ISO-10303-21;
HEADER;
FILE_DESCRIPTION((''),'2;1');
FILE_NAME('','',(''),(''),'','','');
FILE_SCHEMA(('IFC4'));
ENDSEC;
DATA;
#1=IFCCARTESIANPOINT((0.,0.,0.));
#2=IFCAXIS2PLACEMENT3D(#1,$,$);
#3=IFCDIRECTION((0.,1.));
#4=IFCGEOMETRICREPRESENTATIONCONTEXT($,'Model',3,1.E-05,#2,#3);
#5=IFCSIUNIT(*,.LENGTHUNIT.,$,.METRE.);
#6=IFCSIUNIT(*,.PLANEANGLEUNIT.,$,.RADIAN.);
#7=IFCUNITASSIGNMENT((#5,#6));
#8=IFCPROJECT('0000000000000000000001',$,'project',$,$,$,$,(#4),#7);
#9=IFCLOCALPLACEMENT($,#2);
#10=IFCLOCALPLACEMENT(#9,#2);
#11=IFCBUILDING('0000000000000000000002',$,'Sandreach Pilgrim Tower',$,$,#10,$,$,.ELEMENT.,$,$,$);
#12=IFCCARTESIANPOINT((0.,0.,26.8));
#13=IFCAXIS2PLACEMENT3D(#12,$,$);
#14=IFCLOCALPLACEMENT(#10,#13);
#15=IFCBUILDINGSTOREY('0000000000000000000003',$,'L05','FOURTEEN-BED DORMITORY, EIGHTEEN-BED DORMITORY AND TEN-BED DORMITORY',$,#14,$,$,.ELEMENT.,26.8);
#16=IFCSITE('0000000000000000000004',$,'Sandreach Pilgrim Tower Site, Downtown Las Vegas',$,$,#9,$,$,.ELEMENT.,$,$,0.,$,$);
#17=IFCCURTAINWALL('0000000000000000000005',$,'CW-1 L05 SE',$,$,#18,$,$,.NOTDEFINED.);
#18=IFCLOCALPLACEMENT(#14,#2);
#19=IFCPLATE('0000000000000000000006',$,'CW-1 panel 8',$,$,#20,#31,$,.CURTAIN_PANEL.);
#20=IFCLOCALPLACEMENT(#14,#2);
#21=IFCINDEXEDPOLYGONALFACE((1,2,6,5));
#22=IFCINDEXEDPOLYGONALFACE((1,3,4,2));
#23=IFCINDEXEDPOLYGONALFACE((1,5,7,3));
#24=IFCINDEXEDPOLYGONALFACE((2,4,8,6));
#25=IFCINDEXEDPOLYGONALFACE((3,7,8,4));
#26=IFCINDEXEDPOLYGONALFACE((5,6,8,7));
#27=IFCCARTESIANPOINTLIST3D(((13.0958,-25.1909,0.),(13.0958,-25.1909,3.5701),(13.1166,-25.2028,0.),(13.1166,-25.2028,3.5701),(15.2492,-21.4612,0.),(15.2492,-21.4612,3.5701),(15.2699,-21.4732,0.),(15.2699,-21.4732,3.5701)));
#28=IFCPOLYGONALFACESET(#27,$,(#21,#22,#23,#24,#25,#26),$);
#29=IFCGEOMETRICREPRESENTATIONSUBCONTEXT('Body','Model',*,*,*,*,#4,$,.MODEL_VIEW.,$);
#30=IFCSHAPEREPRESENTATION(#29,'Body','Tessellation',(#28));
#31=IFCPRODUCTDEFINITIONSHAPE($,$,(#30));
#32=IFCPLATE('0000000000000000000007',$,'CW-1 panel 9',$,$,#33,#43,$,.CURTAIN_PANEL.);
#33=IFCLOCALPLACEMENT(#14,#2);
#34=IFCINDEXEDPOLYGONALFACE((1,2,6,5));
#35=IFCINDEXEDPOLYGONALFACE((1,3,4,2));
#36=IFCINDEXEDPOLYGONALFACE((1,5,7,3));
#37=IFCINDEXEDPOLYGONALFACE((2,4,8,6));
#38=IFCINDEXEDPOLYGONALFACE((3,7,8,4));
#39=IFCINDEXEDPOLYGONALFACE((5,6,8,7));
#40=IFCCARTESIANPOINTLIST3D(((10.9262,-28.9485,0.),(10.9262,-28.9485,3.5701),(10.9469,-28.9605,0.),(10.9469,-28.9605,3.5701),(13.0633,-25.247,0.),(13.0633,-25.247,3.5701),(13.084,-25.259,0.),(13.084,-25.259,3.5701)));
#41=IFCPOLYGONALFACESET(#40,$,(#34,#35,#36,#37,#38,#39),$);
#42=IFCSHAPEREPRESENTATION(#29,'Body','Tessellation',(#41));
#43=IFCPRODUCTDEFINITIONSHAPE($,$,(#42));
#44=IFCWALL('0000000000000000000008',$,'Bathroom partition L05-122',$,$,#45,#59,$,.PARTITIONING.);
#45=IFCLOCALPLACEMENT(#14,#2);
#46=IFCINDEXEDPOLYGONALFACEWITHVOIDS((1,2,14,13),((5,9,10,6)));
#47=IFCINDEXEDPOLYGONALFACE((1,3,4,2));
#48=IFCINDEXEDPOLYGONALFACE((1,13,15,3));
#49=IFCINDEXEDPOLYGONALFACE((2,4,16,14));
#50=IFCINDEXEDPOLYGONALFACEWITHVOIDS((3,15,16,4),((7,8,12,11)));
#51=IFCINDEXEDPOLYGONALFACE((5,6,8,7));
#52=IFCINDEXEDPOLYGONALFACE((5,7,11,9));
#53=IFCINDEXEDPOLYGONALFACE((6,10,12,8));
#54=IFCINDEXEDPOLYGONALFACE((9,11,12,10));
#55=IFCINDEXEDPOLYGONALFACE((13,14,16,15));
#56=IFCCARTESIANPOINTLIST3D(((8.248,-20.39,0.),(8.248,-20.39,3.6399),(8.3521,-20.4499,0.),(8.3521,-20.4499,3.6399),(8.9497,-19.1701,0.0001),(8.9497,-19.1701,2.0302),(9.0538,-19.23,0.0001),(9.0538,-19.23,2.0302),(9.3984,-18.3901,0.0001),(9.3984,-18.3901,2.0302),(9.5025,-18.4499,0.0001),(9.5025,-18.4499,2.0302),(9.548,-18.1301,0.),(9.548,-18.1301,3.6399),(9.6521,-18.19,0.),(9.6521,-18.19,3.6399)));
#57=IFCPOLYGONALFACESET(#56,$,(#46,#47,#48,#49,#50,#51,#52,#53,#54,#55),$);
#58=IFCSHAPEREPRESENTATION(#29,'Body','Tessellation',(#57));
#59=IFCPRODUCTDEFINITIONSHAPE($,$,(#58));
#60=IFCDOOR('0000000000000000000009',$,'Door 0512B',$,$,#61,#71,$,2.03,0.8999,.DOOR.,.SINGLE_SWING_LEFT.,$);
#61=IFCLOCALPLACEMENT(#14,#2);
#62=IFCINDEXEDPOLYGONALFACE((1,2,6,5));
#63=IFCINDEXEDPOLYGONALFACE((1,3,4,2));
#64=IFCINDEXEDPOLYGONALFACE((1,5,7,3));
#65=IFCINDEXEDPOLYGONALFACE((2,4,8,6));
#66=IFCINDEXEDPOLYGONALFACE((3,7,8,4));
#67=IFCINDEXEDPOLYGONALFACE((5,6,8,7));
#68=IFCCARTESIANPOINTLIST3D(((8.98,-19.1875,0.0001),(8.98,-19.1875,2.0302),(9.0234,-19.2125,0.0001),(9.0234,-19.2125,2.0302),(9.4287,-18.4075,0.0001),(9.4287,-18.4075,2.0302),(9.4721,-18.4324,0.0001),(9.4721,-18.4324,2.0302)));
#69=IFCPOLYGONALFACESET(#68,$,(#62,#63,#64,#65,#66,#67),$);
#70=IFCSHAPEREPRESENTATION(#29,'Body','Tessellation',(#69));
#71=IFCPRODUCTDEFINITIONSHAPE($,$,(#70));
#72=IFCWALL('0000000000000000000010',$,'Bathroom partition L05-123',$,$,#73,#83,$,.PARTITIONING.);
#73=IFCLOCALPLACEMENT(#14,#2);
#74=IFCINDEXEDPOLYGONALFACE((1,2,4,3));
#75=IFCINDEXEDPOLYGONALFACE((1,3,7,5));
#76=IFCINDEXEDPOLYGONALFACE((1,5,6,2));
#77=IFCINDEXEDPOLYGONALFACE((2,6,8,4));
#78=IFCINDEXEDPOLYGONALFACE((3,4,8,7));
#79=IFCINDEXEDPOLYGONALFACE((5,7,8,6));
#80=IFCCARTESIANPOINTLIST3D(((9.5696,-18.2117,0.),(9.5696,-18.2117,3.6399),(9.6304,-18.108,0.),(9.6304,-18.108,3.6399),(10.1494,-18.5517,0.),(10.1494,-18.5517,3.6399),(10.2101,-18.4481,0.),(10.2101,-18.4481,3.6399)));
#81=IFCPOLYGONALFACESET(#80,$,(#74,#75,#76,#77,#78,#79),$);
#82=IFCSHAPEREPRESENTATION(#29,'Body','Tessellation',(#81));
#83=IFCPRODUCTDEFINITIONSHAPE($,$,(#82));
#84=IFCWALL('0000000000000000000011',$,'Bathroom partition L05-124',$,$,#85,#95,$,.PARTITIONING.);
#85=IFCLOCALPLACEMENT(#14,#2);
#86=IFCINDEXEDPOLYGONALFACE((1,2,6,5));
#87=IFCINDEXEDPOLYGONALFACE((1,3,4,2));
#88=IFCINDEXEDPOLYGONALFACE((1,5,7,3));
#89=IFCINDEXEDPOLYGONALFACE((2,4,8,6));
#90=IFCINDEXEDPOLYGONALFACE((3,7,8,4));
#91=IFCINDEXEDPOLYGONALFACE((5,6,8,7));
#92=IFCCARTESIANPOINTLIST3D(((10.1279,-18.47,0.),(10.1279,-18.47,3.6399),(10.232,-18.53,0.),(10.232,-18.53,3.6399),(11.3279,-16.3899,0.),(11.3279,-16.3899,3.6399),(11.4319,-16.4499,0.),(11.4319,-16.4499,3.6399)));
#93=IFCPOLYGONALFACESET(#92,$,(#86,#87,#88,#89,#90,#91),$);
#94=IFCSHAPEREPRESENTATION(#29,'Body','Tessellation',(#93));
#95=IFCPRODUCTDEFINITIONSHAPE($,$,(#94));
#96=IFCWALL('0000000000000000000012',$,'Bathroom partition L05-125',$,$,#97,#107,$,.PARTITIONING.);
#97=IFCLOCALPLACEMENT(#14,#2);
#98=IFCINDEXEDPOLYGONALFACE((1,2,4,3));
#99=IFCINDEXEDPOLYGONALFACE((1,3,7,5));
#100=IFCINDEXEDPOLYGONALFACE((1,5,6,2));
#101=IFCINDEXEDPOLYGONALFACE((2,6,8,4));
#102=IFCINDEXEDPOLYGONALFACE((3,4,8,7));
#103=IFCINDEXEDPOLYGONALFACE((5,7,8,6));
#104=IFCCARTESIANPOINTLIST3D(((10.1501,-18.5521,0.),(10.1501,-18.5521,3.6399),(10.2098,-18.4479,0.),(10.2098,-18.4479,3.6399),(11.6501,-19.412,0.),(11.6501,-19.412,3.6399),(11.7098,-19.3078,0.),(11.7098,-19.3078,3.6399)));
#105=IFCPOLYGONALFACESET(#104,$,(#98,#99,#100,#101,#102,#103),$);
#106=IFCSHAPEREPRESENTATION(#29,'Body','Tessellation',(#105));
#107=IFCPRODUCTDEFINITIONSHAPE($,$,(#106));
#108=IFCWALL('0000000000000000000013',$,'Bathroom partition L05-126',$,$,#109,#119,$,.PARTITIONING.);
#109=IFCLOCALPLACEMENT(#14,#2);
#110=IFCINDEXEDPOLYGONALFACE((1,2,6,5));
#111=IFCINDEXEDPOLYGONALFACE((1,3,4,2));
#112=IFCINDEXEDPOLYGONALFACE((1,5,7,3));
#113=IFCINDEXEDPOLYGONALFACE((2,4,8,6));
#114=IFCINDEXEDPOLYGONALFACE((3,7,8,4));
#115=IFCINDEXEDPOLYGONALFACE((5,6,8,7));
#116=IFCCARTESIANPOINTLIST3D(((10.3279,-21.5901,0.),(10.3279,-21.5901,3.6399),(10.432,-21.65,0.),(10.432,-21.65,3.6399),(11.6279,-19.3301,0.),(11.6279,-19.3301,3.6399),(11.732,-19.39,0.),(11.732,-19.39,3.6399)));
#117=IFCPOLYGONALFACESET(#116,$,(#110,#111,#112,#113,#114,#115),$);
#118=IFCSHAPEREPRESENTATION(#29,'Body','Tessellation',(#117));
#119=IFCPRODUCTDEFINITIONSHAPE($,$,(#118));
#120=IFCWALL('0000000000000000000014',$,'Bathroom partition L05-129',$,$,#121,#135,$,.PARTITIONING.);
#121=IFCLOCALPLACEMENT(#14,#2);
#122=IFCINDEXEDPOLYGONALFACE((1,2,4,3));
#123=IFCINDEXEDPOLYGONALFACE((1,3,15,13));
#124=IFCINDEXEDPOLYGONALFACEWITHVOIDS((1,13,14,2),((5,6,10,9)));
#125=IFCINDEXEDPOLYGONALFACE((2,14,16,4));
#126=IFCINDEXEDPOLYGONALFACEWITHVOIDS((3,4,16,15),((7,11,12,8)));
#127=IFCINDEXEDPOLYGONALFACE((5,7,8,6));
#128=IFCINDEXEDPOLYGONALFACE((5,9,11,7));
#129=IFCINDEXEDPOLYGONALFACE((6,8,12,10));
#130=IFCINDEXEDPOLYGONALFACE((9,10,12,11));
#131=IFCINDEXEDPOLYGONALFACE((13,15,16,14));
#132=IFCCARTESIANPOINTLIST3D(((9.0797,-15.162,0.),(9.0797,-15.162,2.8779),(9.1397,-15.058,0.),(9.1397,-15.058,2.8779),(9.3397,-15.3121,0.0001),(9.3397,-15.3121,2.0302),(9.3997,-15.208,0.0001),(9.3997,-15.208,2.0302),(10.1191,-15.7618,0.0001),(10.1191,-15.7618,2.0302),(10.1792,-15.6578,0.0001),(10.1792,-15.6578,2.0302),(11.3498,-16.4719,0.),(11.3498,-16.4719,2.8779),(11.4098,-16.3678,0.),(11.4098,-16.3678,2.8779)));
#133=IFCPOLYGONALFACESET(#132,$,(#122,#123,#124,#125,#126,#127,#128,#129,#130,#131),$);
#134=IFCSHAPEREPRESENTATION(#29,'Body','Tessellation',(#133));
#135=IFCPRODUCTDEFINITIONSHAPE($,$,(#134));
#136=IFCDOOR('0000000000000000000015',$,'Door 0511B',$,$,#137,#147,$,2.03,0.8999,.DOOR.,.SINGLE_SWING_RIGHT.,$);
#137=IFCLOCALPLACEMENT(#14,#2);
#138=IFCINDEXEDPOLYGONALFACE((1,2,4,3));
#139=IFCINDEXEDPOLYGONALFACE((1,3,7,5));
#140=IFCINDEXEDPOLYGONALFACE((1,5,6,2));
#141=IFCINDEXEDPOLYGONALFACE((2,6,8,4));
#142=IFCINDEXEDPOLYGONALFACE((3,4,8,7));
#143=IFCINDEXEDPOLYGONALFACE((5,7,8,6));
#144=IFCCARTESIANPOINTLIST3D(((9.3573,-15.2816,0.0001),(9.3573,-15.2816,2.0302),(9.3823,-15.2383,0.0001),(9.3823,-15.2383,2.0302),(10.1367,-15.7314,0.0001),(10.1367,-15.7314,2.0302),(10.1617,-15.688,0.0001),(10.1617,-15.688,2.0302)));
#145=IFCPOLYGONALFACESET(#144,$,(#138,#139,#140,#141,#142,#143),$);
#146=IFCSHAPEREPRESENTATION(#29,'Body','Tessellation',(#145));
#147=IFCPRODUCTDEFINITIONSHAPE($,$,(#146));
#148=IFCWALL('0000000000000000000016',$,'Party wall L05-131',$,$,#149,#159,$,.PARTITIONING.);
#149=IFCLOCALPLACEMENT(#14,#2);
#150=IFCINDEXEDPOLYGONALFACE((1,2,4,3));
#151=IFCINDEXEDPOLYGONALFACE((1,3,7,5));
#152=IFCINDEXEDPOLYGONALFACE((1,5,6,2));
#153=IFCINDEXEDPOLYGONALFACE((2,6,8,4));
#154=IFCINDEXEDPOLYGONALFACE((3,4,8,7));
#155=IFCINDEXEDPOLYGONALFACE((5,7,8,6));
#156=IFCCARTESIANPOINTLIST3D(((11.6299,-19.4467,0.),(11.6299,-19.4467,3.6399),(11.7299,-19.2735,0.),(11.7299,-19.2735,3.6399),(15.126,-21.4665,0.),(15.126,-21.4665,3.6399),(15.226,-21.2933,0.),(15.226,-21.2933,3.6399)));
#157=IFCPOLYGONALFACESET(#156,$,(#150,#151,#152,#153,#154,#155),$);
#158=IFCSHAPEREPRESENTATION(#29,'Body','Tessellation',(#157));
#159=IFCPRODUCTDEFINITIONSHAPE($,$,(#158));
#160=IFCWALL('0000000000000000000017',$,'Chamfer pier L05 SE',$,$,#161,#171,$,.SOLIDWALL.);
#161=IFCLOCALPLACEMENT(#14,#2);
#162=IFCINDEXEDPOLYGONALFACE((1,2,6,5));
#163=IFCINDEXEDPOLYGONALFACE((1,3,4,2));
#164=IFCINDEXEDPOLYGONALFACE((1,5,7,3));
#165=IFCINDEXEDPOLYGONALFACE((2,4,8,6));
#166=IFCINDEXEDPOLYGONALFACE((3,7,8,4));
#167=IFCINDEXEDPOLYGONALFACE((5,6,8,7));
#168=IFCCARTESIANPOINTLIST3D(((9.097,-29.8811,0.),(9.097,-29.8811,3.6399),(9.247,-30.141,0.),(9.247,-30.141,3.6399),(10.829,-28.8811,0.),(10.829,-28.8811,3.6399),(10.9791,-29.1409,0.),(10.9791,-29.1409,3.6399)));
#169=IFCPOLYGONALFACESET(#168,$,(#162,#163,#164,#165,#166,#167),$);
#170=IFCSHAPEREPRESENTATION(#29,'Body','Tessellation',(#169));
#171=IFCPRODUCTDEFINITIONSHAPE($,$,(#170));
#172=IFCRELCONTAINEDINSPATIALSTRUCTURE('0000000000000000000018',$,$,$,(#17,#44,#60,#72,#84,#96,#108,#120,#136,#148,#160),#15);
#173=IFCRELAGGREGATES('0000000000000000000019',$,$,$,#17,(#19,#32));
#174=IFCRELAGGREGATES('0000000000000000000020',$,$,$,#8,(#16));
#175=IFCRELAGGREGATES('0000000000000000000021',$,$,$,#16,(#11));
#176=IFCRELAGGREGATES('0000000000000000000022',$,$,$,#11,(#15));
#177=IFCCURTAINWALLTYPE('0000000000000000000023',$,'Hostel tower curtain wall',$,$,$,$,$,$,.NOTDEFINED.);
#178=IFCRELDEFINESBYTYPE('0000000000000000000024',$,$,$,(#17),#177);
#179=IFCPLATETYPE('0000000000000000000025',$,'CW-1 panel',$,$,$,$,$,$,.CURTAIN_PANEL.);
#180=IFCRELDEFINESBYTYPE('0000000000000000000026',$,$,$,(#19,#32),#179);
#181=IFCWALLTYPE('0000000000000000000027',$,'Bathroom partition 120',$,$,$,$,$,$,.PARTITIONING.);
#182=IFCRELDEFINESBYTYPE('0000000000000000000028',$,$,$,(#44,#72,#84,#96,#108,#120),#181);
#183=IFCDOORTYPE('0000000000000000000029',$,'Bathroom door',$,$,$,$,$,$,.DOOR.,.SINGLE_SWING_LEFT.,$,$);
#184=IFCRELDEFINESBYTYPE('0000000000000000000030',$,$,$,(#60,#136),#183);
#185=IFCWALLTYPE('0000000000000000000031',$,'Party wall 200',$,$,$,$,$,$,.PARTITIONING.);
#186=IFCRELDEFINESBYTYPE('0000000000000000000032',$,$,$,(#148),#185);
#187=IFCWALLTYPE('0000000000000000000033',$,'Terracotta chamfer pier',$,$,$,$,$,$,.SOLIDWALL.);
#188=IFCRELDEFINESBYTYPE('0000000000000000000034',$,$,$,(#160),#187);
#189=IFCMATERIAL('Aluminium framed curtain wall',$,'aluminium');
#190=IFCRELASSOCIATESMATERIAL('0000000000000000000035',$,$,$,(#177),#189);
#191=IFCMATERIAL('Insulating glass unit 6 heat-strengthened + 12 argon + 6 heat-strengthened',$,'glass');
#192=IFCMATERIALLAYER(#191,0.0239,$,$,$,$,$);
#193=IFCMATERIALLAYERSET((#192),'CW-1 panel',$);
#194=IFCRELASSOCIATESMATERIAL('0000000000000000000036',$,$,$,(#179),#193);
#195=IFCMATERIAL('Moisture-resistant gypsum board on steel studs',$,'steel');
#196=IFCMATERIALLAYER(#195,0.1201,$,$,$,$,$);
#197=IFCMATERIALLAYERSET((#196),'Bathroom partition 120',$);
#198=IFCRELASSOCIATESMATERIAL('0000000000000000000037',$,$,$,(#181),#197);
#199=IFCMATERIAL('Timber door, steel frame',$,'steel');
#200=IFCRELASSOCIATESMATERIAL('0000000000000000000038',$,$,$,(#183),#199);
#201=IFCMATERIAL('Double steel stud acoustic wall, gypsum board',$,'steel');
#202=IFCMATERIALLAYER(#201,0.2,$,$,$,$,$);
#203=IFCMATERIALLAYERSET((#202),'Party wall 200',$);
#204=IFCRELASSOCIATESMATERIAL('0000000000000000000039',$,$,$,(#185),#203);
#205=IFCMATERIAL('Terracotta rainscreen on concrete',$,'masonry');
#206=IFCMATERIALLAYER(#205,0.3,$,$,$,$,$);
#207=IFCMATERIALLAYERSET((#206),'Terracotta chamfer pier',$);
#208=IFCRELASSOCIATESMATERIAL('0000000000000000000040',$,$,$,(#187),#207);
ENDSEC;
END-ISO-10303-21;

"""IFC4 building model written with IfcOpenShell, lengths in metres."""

from ifc_helpers import new_model, si_unit, direction, frame, frame_2d, origin, origin_2d, place, context, subcontext, project, spatial, rectangle, extrude, material, layer, layer_set, type_object, element, fill, aggregate, save


model = new_model("IFC4")

# Units and contexts
model_context = context("Model", 3, precision=1e-05, world=origin(), true_north=direction((0.0, 1.0)))
body_context = subcontext(model_context, "Body", "Model", "MODEL_VIEW")
ifc_project = project(units=[si_unit("LENGTHUNIT", "METRE"), si_unit("PLANEANGLEUNIT", "RADIAN")], contexts=[model_context])

# Site, building, storey
site_placement = place(None, origin())
site = spatial("IfcSite", under=ifc_project, at=site_placement, Name="Sandreach Pilgrim Tower Site, Downtown Las Vegas", CompositionType="ELEMENT", RefElevation=0.0)
building_placement = place(site_placement, origin())
building = spatial("IfcBuilding", under=site, at=building_placement, Name="Sandreach Pilgrim Tower", CompositionType="ELEMENT")
storey_placement = place(building_placement, frame((0.0, 0.0, 26.8)))
storey = spatial("IfcBuildingStorey", under=building, at=storey_placement, Name="L05", Description="FOURTEEN-BED DORMITORY, EIGHTEEN-BED DORMITORY AND TEN-BED DORMITORY", CompositionType="ELEMENT", Elevation=26.8)

# Curtain wall
ifc_material_1 = material(Name="Aluminium framed curtain wall", Category="aluminium")
curtain_wall_type = type_object("IfcCurtainWallType", Name="Hostel tower curtain wall", PredefinedType="NOTDEFINED", material=ifc_material_1)
curtain_wall_1_placement = place(storey_placement, origin())
curtain_wall_1 = element("IfcCurtainWall", 1, at=curtain_wall_1_placement, inside=storey, type_object=curtain_wall_type, Name="CW-1 L05 SE", PredefinedType="NOTDEFINED")

# Plates
ifc_material_2 = material(Name="Insulating glass unit 6 heat-strengthened + 12 argon + 6 heat-strengthened", Category="glass")
ifc_layer_1 = layer(ifc_material_2, 0.0239)
ifc_layer_set_1 = layer_set([ifc_layer_1], Name="CW-1 panel")
plate_type = type_object("IfcPlateType", Name="CW-1 panel", PredefinedType="CURTAIN_PANEL", material=ifc_layer_set_1)
plate_1_placement = place(storey_placement, frame((14.1829, -23.332, 0.0), z_axis=(0.0, 0.0, 1.0), x_axis=(-0.5, -0.866025, 0.0)))
plate_1 = element("IfcPlate", 2, at=plate_1_placement, type_object=plate_type, Name="CW-1 panel 8", PredefinedType="CURTAIN_PANEL", context=body_context, shape_type="SweptSolid", body=[
    extrude(rectangle(XDim=4.3066, YDim=0.0239, at=origin_2d()), origin(), (0.0, 0.0, 1.0), 3.5701),
])
plate_2_placement = place(storey_placement, frame((12.0051, -27.1038, 0.0), z_axis=(0.0, 0.0, 1.0), x_axis=(-0.5, -0.866025, 0.0)))
plate_2 = element("IfcPlate", 3, at=plate_2_placement, type_object=plate_type, Name="CW-1 panel 9", PredefinedType="CURTAIN_PANEL", context=body_context, shape_type="SweptSolid", body=[
    extrude(rectangle(XDim=4.2742, YDim=0.0239, at=origin_2d()), origin(), (0.0, 0.0, 1.0), 3.5701),
])
aggregate(curtain_wall_1, [plate_1, plate_2])

# Wall, opening, door
ifc_material_3 = material(Name="Moisture-resistant gypsum board on steel studs", Category="steel")
ifc_layer_2 = layer(ifc_material_3, 0.1201)
ifc_layer_set_2 = layer_set([ifc_layer_2], Name="Bathroom partition 120")
wall_type_1 = type_object("IfcWallType", Name="Bathroom partition 120", PredefinedType="PARTITIONING", material=ifc_layer_set_2)
wall_1_placement = place(storey_placement, frame((9.6001, -18.1599, 0.0), z_axis=(0.0, 0.0, 1.0), x_axis=(-0.498628, -0.866816, 0.0)))
wall_1 = element("IfcWall", 4, at=wall_1_placement, inside=storey, type_object=wall_type_1, Name="Bathroom partition L05-122", PredefinedType="PARTITIONING", context=body_context, shape_type="SweptSolid", body=[
    extrude(rectangle(XDim=2.6072, YDim=0.1201, at=frame_2d((1.3037, 0.0))), origin(), (0.0, 0.0, 1.0), 3.6399),
])
opening_1_placement = place(wall_1_placement, frame((0.3, 0.0, 0.0)))
opening_1 = element("IfcOpeningElement", 5, at=opening_1_placement, cuts=wall_1, PredefinedType="OPENING", context=body_context, shape_type="SweptSolid", body=[
    extrude(rectangle(XDim=0.8999, YDim=2.03, at=frame_2d((0.45, 1.0151))), frame((0.0, 0.0601, 0.0), z_axis=(0.0, -1.0, 0.0), x_axis=(1.0, 0.0, 0.0)), (0.0, 0.0, 1.0), 0.1201),
])
ifc_material_4 = material(Name="Timber door, steel frame", Category="steel")
door_type = type_object("IfcDoorType", Name="Bathroom door", OperationType="SINGLE_SWING_LEFT", PredefinedType="DOOR", material=ifc_material_4)
door_1_placement = place(opening_1_placement, origin())
door_1 = element("IfcDoor", 6, at=door_1_placement, inside=storey, type_object=door_type, Name="Door 0512B", OperationType="SINGLE_SWING_LEFT", OverallHeight=2.03, OverallWidth=0.8999, PredefinedType="DOOR", context=body_context, shape_type="SweptSolid", body=[
    extrude(rectangle(XDim=0.8999, YDim=2.03, at=frame_2d((0.45, 1.0151))), frame((0.0, 0.0249, 0.0), z_axis=(0.0, -1.0, 0.0), x_axis=(1.0, 0.0, 0.0)), (0.0, 0.0, 1.0), 0.05),
])
fill(opening_1, door_1)

# Walls
wall_2_placement = place(storey_placement, frame((9.6001, -18.1599, 0.0), z_axis=(0.0, 0.0, 1.0), x_axis=(0.862578, -0.505925, 0.0)))
element("IfcWall", 7, at=wall_2_placement, inside=storey, type_object=wall_type_1, Name="Bathroom partition L05-123", PredefinedType="PARTITIONING", context=body_context, shape_type="SweptSolid", body=[
    extrude(rectangle(XDim=0.6721, YDim=0.1201, at=frame_2d((0.3359, 0.0))), origin(), (0.0, 0.0, 1.0), 3.6399),
])
wall_3_placement = place(storey_placement, frame((10.1799, -18.5, 0.0), z_axis=(0.0, 0.0, 1.0), x_axis=(0.499693, 0.866203, 0.0)))
element("IfcWall", 8, at=wall_3_placement, inside=storey, type_object=wall_type_1, Name="Bathroom partition L05-124", PredefinedType="PARTITIONING", context=body_context, shape_type="SweptSolid", body=[
    extrude(rectangle(XDim=2.4014, YDim=0.1201, at=frame_2d((1.2007, 0.0))), origin(), (0.0, 0.0, 1.0), 3.6399),
])
wall_4_placement = place(storey_placement, frame((10.1799, -18.5, 0.0), z_axis=(0.0, 0.0, 1.0), x_axis=(0.867565, -0.497325, 0.0)))
element("IfcWall", 9, at=wall_4_placement, inside=storey, type_object=wall_type_1, Name="Bathroom partition L05-125", PredefinedType="PARTITIONING", context=body_context, shape_type="SweptSolid", body=[
    extrude(rectangle(XDim=1.729, YDim=0.1201, at=frame_2d((0.8645, 0.0))), origin(), (0.0, 0.0, 1.0), 3.6399),
])
wall_5_placement = place(storey_placement, frame((10.3799, -21.6201, 0.0), z_axis=(0.0, 0.0, 1.0), x_axis=(0.498628, 0.866816, 0.0)))
element("IfcWall", 10, at=wall_5_placement, inside=storey, type_object=wall_type_1, Name="Bathroom partition L05-126", PredefinedType="PARTITIONING", context=body_context, shape_type="SweptSolid", body=[
    extrude(rectangle(XDim=2.6072, YDim=0.1201, at=frame_2d((1.3037, 0.0))), origin(), (0.0, 0.0, 1.0), 3.6399),
])

# Wall, opening, door
wall_6_placement = place(storey_placement, frame((11.3799, -16.4199, 0.0), z_axis=(0.0, 0.0, 1.0), x_axis=(-0.866155, 0.499776, 0.0)))
wall_6 = element("IfcWall", 11, at=wall_6_placement, inside=storey, type_object=wall_type_1, Name="Bathroom partition L05-129", PredefinedType="PARTITIONING", context=body_context, shape_type="SweptSolid", body=[
    extrude(rectangle(XDim=2.6208, YDim=0.1201, at=frame_2d((1.3105, 0.0))), origin(), (0.0, 0.0, 1.0), 2.8779),
])
opening_2_placement = place(wall_6_placement, frame((1.4209, 0.0, 0.0)))
opening_2 = element("IfcOpeningElement", 12, at=opening_2_placement, cuts=wall_6, PredefinedType="OPENING", context=body_context, shape_type="SweptSolid", body=[
    extrude(rectangle(XDim=0.8999, YDim=2.03, at=frame_2d((0.45, 1.0151))), frame((0.0, 0.0601, 0.0), z_axis=(0.0, -1.0, 0.0), x_axis=(1.0, 0.0, 0.0)), (0.0, 0.0, 1.0), 0.1201),
])
door_2_placement = place(opening_2_placement, origin())
door_2 = element("IfcDoor", 13, at=door_2_placement, inside=storey, type_object=door_type, Name="Door 0511B", OperationType="SINGLE_SWING_RIGHT", OverallHeight=2.03, OverallWidth=0.8999, PredefinedType="DOOR", context=body_context, shape_type="SweptSolid", body=[
    extrude(rectangle(XDim=0.8999, YDim=2.03, at=frame_2d((0.45, 1.0151))), frame((0.0, 0.0249, 0.0), z_axis=(0.0, -1.0, 0.0), x_axis=(1.0, 0.0, 0.0)), (0.0, 0.0, 1.0), 0.05),
])
fill(opening_2, door_2)

# Walls
ifc_material_5 = material(Name="Double steel stud acoustic wall, gypsum board", Category="steel")
ifc_layer_3 = layer(ifc_material_5, 0.2)
ifc_layer_set_3 = layer_set([ifc_layer_3], Name="Party wall 200")
wall_type_2 = type_object("IfcWallType", Name="Party wall 200", PredefinedType="PARTITIONING", material=ifc_layer_set_3)
wall_7_placement = place(storey_placement, frame((11.6799, -19.3601, 0.0), z_axis=(0.0, 0.0, 1.0), x_axis=(0.865885, -0.500242, 0.0)))
element("IfcWall", 14, at=wall_7_placement, inside=storey, type_object=wall_type_2, Name="Party wall L05-131", PredefinedType="PARTITIONING", context=body_context, shape_type="SweptSolid", body=[
    extrude(rectangle(XDim=4.0376, YDim=0.2, at=frame_2d((2.0188, 0.0))), origin(), (0.0, 0.0, 1.0), 3.6399),
])
ifc_material_6 = material(Name="Terracotta rainscreen on concrete", Category="masonry")
ifc_layer_4 = layer(ifc_material_6, 0.3)
ifc_layer_set_4 = layer_set([ifc_layer_4], Name="Terracotta chamfer pier")
wall_type_3 = type_object("IfcWallType", Name="Terracotta chamfer pier", PredefinedType="SOLIDWALL", material=ifc_layer_set_4)
wall_8_placement = place(storey_placement, frame((10.9041, -29.011, 0.0), z_axis=(0.0, 0.0, 1.0), x_axis=(-0.866011, -0.500025, 0.0)))
element("IfcWall", 15, at=wall_8_placement, inside=storey, type_object=wall_type_3, Name="Chamfer pier L05 SE", PredefinedType="SOLIDWALL", context=body_context, shape_type="SweptSolid", body=[
    extrude(rectangle(XDim=2.0, YDim=0.3, at=frame_2d((1.0, 0.0))), origin(), (0.0, 0.0, 1.0), 3.6399),
])

save(model, "model.ifc")
